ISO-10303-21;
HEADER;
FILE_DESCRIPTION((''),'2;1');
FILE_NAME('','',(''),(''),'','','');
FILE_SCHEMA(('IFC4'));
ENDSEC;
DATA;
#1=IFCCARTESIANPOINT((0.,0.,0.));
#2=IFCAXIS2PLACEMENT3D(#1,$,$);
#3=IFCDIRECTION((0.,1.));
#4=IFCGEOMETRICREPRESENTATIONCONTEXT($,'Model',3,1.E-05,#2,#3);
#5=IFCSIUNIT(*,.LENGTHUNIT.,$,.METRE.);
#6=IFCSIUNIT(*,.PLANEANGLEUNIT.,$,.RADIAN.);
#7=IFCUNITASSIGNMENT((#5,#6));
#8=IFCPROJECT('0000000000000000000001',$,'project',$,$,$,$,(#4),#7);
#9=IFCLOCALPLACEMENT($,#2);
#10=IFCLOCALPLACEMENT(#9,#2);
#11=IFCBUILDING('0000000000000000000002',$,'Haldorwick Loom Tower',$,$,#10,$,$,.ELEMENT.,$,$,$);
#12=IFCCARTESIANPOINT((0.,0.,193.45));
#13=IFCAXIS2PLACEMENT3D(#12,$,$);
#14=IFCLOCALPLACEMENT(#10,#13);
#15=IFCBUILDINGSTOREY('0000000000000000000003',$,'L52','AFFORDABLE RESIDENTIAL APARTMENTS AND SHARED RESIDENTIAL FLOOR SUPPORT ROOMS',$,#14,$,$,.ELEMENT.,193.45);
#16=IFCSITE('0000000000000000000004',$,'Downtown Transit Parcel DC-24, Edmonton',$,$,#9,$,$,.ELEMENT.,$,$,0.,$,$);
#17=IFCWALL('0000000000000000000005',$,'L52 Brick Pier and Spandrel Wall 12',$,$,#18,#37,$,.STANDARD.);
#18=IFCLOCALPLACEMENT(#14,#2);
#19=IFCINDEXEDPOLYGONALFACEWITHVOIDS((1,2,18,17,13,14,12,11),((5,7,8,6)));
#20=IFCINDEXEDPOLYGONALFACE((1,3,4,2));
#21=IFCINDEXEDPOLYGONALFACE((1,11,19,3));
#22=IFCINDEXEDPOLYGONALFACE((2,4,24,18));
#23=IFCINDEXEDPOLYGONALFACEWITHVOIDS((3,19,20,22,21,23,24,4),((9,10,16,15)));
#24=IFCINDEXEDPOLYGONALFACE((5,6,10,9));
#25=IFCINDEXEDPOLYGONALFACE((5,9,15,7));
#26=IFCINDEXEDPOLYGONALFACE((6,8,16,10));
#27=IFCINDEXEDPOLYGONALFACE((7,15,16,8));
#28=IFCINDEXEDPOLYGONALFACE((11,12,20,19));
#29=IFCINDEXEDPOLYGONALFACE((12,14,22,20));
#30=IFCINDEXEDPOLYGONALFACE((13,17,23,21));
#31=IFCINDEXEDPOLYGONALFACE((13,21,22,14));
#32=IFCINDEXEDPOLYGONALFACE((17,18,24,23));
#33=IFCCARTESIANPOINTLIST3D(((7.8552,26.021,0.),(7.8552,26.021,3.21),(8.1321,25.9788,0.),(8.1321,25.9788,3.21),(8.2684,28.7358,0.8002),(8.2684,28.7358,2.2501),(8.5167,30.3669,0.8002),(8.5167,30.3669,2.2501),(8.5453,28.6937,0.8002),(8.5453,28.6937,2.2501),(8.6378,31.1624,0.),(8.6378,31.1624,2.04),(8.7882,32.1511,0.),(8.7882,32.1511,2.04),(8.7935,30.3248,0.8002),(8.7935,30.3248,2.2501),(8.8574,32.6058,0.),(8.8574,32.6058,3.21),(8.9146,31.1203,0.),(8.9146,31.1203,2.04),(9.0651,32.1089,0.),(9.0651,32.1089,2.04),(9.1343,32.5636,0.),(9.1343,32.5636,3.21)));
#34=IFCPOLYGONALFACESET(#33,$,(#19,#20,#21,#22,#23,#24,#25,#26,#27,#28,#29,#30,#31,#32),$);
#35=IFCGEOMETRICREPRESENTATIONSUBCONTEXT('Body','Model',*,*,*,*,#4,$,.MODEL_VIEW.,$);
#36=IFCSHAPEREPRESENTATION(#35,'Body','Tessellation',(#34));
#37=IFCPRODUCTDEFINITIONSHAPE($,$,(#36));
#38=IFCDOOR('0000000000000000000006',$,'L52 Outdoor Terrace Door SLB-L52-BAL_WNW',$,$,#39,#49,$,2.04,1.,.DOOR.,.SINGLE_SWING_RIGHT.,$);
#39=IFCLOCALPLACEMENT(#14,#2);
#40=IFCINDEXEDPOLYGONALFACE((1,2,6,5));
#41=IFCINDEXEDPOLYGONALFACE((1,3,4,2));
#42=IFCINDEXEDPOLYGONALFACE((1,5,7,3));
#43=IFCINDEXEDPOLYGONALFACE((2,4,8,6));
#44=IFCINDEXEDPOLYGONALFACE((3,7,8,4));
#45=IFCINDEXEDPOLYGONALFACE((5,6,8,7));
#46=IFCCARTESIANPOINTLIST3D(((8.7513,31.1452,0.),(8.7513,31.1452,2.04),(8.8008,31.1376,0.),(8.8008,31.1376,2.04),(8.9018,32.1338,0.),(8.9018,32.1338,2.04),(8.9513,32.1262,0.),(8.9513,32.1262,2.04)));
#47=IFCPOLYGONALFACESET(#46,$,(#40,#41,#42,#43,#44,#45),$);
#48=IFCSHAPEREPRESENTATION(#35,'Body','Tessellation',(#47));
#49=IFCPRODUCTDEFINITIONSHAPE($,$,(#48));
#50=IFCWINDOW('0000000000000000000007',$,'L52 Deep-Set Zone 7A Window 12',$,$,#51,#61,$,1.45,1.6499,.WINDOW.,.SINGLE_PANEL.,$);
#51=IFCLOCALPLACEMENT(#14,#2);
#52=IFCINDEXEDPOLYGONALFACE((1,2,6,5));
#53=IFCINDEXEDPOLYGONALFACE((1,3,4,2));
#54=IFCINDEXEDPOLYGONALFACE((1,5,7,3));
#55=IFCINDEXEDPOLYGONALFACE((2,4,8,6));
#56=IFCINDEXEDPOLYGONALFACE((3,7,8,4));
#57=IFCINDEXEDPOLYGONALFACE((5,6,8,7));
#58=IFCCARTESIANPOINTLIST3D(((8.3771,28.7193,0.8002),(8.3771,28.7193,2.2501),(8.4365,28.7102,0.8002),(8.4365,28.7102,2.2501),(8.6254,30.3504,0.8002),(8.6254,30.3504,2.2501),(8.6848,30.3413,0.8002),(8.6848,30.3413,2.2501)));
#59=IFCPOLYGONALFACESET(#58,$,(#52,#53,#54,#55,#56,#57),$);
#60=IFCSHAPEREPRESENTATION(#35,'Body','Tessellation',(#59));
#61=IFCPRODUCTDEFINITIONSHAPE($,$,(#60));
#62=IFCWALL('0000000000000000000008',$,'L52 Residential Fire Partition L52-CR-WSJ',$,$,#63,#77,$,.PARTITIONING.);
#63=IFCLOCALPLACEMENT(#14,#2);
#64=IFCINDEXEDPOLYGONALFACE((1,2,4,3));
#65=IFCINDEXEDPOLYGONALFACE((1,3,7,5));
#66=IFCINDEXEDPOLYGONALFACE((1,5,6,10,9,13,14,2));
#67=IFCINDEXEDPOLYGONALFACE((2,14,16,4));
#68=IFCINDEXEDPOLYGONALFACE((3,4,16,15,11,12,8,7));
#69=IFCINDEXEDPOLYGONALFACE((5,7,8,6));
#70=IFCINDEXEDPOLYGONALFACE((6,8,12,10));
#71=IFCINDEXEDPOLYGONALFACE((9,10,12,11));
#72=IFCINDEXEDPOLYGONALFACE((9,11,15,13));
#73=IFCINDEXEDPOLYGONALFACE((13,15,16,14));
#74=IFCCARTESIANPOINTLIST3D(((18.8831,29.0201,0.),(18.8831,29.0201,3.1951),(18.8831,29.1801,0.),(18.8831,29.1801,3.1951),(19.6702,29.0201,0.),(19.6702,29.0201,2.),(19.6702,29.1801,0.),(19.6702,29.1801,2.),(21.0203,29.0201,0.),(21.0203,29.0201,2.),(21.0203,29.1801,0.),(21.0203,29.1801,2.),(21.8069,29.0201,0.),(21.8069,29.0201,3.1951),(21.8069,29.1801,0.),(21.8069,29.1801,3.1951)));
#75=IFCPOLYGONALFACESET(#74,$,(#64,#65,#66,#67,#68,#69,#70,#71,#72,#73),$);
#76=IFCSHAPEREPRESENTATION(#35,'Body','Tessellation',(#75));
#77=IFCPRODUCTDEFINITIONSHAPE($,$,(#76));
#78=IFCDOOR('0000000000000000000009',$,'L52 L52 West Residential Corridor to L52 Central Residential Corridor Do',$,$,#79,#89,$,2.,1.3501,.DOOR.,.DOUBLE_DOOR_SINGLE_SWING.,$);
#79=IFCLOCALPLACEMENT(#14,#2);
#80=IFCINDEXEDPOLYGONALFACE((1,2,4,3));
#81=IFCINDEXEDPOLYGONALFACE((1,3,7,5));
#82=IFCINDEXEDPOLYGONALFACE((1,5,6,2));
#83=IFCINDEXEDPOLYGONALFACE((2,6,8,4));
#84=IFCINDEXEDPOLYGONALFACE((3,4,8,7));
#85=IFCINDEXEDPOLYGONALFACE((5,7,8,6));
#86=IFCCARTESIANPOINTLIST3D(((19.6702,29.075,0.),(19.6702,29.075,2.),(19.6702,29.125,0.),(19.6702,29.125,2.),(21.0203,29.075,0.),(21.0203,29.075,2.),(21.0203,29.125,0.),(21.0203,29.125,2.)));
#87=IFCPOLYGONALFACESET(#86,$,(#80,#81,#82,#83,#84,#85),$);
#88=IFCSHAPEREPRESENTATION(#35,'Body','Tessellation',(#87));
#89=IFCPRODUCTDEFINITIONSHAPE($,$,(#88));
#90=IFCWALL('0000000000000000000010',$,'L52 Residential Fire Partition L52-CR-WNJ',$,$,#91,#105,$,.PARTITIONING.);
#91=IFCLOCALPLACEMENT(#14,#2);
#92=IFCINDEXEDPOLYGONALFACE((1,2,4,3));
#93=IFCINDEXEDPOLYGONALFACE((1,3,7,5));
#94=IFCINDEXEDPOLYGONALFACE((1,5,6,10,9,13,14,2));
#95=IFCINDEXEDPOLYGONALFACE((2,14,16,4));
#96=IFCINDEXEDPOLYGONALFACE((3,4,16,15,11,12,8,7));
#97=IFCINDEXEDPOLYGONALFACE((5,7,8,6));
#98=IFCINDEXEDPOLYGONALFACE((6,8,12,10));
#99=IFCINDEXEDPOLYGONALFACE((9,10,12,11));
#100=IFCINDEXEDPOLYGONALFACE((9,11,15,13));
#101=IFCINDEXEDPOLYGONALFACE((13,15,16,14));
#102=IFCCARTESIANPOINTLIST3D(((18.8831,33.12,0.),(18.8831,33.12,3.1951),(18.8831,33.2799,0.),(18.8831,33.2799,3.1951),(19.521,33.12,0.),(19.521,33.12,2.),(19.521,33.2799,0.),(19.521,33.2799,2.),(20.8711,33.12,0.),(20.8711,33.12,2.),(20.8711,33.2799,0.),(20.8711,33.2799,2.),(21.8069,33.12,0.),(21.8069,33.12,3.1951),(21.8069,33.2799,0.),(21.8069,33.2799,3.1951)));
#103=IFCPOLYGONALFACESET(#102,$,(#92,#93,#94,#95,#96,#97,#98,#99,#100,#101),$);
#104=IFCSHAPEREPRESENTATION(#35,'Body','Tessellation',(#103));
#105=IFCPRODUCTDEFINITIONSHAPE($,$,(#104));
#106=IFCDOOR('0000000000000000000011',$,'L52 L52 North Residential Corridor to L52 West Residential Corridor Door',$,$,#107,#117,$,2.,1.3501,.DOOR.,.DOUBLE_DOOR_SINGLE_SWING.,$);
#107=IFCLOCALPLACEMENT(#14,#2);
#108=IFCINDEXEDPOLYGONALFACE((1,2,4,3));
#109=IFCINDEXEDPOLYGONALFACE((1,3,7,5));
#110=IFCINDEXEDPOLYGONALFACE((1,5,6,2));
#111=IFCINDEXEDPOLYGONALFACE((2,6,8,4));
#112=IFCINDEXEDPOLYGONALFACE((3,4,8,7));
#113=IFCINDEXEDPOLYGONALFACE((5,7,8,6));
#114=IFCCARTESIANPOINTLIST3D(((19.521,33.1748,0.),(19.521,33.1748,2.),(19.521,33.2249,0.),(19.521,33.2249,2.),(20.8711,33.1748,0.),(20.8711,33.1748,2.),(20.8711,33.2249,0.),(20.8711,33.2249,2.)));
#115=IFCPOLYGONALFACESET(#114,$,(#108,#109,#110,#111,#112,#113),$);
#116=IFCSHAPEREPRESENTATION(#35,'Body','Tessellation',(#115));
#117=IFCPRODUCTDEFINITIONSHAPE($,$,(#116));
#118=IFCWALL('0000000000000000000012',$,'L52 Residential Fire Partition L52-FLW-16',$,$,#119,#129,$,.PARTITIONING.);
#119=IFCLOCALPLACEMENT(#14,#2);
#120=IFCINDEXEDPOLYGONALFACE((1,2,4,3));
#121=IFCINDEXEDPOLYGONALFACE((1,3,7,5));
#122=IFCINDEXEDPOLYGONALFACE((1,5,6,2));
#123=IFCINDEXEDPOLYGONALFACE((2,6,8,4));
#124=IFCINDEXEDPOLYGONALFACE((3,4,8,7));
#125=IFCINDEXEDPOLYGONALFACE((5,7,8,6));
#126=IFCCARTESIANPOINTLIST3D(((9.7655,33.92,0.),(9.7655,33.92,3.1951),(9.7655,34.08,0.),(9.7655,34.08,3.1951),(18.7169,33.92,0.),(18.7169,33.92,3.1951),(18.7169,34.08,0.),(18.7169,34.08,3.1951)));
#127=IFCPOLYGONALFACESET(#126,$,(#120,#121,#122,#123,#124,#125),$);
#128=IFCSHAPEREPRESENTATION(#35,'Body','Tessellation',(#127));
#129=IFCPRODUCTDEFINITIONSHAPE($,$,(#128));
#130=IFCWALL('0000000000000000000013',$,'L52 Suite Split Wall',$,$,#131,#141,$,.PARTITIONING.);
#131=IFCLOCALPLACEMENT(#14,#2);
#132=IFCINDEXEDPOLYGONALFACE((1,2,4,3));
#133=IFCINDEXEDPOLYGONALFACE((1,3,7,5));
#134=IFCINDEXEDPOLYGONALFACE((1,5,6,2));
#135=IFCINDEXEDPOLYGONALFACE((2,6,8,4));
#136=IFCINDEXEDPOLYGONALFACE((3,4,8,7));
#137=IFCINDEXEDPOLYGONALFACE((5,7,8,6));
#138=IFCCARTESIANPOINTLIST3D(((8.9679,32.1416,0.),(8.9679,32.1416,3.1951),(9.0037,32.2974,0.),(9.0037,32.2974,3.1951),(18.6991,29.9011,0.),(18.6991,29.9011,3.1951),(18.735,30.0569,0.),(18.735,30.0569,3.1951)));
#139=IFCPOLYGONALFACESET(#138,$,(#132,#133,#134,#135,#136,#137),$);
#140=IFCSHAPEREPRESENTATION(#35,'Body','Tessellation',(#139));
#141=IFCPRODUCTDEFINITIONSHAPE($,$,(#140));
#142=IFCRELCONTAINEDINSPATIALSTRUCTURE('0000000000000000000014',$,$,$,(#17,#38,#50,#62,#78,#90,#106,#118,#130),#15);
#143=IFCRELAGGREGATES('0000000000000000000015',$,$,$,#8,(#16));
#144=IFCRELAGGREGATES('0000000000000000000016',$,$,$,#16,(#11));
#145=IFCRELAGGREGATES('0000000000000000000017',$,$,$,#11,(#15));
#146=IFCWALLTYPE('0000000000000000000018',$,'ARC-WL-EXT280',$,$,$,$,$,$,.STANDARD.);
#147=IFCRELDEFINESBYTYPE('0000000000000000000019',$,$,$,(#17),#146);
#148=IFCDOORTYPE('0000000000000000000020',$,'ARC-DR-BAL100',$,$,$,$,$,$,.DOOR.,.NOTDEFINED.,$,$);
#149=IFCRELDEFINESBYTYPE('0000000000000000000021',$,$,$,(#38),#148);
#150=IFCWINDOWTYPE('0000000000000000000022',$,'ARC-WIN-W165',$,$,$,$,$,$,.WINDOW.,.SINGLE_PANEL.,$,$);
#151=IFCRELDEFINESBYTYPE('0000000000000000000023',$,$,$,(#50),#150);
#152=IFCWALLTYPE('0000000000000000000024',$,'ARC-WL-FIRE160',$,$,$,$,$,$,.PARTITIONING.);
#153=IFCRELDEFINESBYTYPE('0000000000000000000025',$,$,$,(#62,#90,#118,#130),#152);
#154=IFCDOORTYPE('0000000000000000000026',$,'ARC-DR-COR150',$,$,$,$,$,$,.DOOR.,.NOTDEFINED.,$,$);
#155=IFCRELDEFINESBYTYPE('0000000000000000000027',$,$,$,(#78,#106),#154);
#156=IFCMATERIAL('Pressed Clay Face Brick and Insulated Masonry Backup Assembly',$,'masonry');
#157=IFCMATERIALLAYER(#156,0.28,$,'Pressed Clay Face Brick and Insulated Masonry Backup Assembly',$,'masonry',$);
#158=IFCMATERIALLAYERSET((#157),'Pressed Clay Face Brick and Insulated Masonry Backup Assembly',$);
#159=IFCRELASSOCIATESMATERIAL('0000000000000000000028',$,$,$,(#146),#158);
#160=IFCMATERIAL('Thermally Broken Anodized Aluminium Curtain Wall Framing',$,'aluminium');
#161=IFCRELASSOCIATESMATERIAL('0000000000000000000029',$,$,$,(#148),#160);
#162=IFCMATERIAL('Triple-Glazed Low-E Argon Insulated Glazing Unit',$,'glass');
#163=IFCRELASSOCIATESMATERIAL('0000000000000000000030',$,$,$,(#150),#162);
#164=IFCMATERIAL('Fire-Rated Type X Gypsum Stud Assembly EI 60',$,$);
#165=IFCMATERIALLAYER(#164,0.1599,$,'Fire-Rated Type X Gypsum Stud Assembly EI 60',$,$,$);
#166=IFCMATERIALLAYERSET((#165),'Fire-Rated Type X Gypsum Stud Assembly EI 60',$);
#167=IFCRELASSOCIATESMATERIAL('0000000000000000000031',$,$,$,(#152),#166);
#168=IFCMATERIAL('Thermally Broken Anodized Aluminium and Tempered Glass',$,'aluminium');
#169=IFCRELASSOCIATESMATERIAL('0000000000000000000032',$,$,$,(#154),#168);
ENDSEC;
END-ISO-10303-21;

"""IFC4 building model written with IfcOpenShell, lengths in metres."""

from ifc_helpers import new_model, si_unit, direction, frame, frame_2d, origin, place, context, subcontext, project, spatial, rectangle, extrude, material, layer, layer_set, type_object, element, fill, save


model = new_model("IFC4")

# Units and contexts
model_context = context("Model", 3, precision=1e-05, world=origin(), true_north=direction((0.0, 1.0)))
body_context = subcontext(model_context, "Body", "Model", "MODEL_VIEW")
ifc_project = project(units=[si_unit("LENGTHUNIT", "METRE"), si_unit("PLANEANGLEUNIT", "RADIAN")], contexts=[model_context])

# Site, building, storey
site_placement = place(None, origin())
site = spatial("IfcSite", under=ifc_project, at=site_placement, Name="Downtown Transit Parcel DC-24, Edmonton", CompositionType="ELEMENT", RefElevation=0.0)
building_placement = place(site_placement, origin())
building = spatial("IfcBuilding", under=site, at=building_placement, Name="Haldorwick Loom Tower", CompositionType="ELEMENT")
storey_placement = place(building_placement, frame((0.0, 0.0, 193.45)))
storey = spatial("IfcBuildingStorey", under=building, at=storey_placement, Name="L52", Description="AFFORDABLE RESIDENTIAL APARTMENTS AND SHARED RESIDENTIAL FLOOR SUPPORT ROOMS", CompositionType="ELEMENT", Elevation=193.45)

# Wall, openings, door, window
ifc_material_1 = material(Name="Pressed Clay Face Brick and Insulated Masonry Backup Assembly", Category="masonry")
ifc_layer_1 = layer(ifc_material_1, 0.28, Name="Pressed Clay Face Brick and Insulated Masonry Backup Assembly", Category="masonry")
ifc_layer_set_1 = layer_set([ifc_layer_1], Name="Pressed Clay Face Brick and Insulated Masonry Backup Assembly")
wall_type_1 = type_object("IfcWallType", Name="ARC-WL-EXT280", PredefinedType="STANDARD", material=ifc_layer_set_1)
wall_1_placement = place(storey_placement, frame((8.9958, 32.5847, 0.0), z_axis=(0.0, 0.0, 1.0), x_axis=(-0.150468, -0.988615, 0.0)))
wall_1 = element("IfcWall", 1, at=wall_1_placement, inside=storey, type_object=wall_type_1, Name="L52 Brick Pier and Spandrel Wall 12", PredefinedType="STANDARD", context=body_context, shape_type="SweptSolid", body=[
    extrude(rectangle(XDim=6.6606, YDim=0.28, at=frame_2d((3.3303, 0.0))), origin(), (0.0, 0.0, 1.0), 3.21),
])
opening_1_placement = place(wall_1_placement, frame((0.46, 0.0, 0.0)))
opening_1 = element("IfcOpeningElement", 2, at=opening_1_placement, cuts=wall_1, PredefinedType="OPENING", context=body_context, shape_type="SweptSolid", body=[
    extrude(rectangle(XDim=1.0, YDim=2.04, at=frame_2d((0.5, 1.02))), frame((0.0, 0.1499, 0.0), z_axis=(0.0, -1.0, 0.0), x_axis=(1.0, 0.0, 0.0)), (0.0, 0.0, 1.0), 0.3),
])
opening_2_placement = place(wall_1_placement, frame((2.2646, 0.0, 0.8)))
opening_2 = element("IfcOpeningElement", 3, at=opening_2_placement, cuts=wall_1, PredefinedType="OPENING", context=body_context, shape_type="SweptSolid", body=[
    extrude(rectangle(XDim=1.6499, YDim=1.45, at=frame_2d((0.825, 0.7251))), frame((0.0, 0.1499, 0.0), z_axis=(0.0, -1.0, 0.0), x_axis=(1.0, 0.0, 0.0)), (0.0, 0.0, 1.0), 0.3),
])
ifc_material_2 = material(Name="Thermally Broken Anodized Aluminium Curtain Wall Framing", Category="aluminium")
door_type_1 = type_object("IfcDoorType", Name="ARC-DR-BAL100", OperationType="NOTDEFINED", PredefinedType="DOOR", material=ifc_material_2)
door_1_placement = place(opening_1_placement, origin())
door_1 = element("IfcDoor", 4, at=door_1_placement, inside=storey, type_object=door_type_1, Name="L52 Outdoor Terrace Door SLB-L52-BAL_WNW", OperationType="SINGLE_SWING_RIGHT", OverallHeight=2.04, OverallWidth=1.0, PredefinedType="DOOR", context=body_context, shape_type="SweptSolid", body=[
    extrude(rectangle(XDim=1.0, YDim=2.04, at=frame_2d((0.5, 1.02))), frame((0.0, 0.0249, 0.0), z_axis=(0.0, -1.0, 0.0), x_axis=(1.0, 0.0, 0.0)), (0.0, 0.0, 1.0), 0.05),
])
fill(opening_1, door_1)
ifc_material_3 = material(Name="Triple-Glazed Low-E Argon Insulated Glazing Unit", Category="glass")
window_type = type_object("IfcWindowType", Name="ARC-WIN-W165", PartitioningType="SINGLE_PANEL", PredefinedType="WINDOW", material=ifc_material_3)
window_placement = place(opening_2_placement, origin())
window = element("IfcWindow", 5, at=window_placement, inside=storey, type_object=window_type, Name="L52 Deep-Set Zone 7A Window 12", OverallHeight=1.45, OverallWidth=1.6499, PartitioningType="SINGLE_PANEL", PredefinedType="WINDOW", context=body_context, shape_type="SweptSolid", body=[
    extrude(rectangle(XDim=1.6499, YDim=1.45, at=frame_2d((0.825, 0.7251))), frame((0.0, 0.03, 0.0), z_axis=(0.0, -1.0, 0.0), x_axis=(1.0, 0.0, 0.0)), (0.0, 0.0, 1.0), 0.0601),
])
fill(opening_2, window)

# Walls, openings, doors
ifc_material_4 = material(Name="Fire-Rated Type X Gypsum Stud Assembly EI 60")
ifc_layer_2 = layer(ifc_material_4, 0.1599, Name="Fire-Rated Type X Gypsum Stud Assembly EI 60")
ifc_layer_set_2 = layer_set([ifc_layer_2], Name="Fire-Rated Type X Gypsum Stud Assembly EI 60")
wall_type_2 = type_object("IfcWallType", Name="ARC-WL-FIRE160", PredefinedType="PARTITIONING", material=ifc_layer_set_2)
wall_2_placement = place(storey_placement, frame((18.8831, 29.1001, 0.0), z_axis=(0.0, 0.0, 1.0), x_axis=(1.0, 0.0, 0.0)))
wall_2 = element("IfcWall", 6, at=wall_2_placement, inside=storey, type_object=wall_type_2, Name="L52 Residential Fire Partition L52-CR-WSJ", PredefinedType="PARTITIONING", context=body_context, shape_type="SweptSolid", body=[
    extrude(rectangle(XDim=2.9238, YDim=0.1599, at=frame_2d((1.4619, 0.0))), origin(), (0.0, 0.0, 1.0), 3.1951),
])
opening_3_placement = place(wall_2_placement, frame((0.7871, 0.0, 0.0)))
opening_3 = element("IfcOpeningElement", 7, at=opening_3_placement, cuts=wall_2, PredefinedType="OPENING", context=body_context, shape_type="SweptSolid", body=[
    extrude(rectangle(XDim=1.3501, YDim=2.0, at=frame_2d((0.675, 1.0))), frame((0.0, 0.0898, 0.0), z_axis=(0.0, -1.0, 0.0), x_axis=(1.0, 0.0, 0.0)), (0.0, 0.0, 1.0), 0.1799),
])
ifc_material_5 = material(Name="Thermally Broken Anodized Aluminium and Tempered Glass", Category="aluminium")
door_type_2 = type_object("IfcDoorType", Name="ARC-DR-COR150", OperationType="NOTDEFINED", PredefinedType="DOOR", material=ifc_material_5)
door_2_placement = place(opening_3_placement, origin())
door_2 = element("IfcDoor", 8, at=door_2_placement, inside=storey, type_object=door_type_2, Name="L52 L52 West Residential Corridor to L52 Central Residential Corridor Do", OperationType="DOUBLE_DOOR_SINGLE_SWING", OverallHeight=2.0, OverallWidth=1.3501, PredefinedType="DOOR", context=body_context, shape_type="SweptSolid", body=[
    extrude(rectangle(XDim=1.3501, YDim=2.0, at=frame_2d((0.675, 1.0))), frame((0.0, 0.0249, 0.0), z_axis=(0.0, -1.0, 0.0), x_axis=(1.0, 0.0, 0.0)), (0.0, 0.0, 1.0), 0.05),
])
fill(opening_3, door_2)
wall_3_placement = place(storey_placement, frame((18.8831, 33.2, 0.0), z_axis=(0.0, 0.0, 1.0), x_axis=(1.0, 0.0, 0.0)))
wall_3 = element("IfcWall", 9, at=wall_3_placement, inside=storey, type_object=wall_type_2, Name="L52 Residential Fire Partition L52-CR-WNJ", PredefinedType="PARTITIONING", context=body_context, shape_type="SweptSolid", body=[
    extrude(rectangle(XDim=2.9238, YDim=0.1599, at=frame_2d((1.4619, 0.0))), origin(), (0.0, 0.0, 1.0), 3.1951),
])
opening_4_placement = place(wall_3_placement, frame((0.6379, 0.0, 0.0)))
opening_4 = element("IfcOpeningElement", 10, at=opening_4_placement, cuts=wall_3, PredefinedType="OPENING", context=body_context, shape_type="SweptSolid", body=[
    extrude(rectangle(XDim=1.3501, YDim=2.0, at=frame_2d((0.675, 1.0))), frame((0.0, 0.0898, 0.0), z_axis=(0.0, -1.0, 0.0), x_axis=(1.0, 0.0, 0.0)), (0.0, 0.0, 1.0), 0.1799),
])
door_3_placement = place(opening_4_placement, origin())
door_3 = element("IfcDoor", 11, at=door_3_placement, inside=storey, type_object=door_type_2, Name="L52 L52 North Residential Corridor to L52 West Residential Corridor Door", OperationType="DOUBLE_DOOR_SINGLE_SWING", OverallHeight=2.0, OverallWidth=1.3501, PredefinedType="DOOR", context=body_context, shape_type="SweptSolid", body=[
    extrude(rectangle(XDim=1.3501, YDim=2.0, at=frame_2d((0.675, 1.0))), frame((0.0, 0.0249, 0.0), z_axis=(0.0, -1.0, 0.0), x_axis=(1.0, 0.0, 0.0)), (0.0, 0.0, 1.0), 0.05),
])
fill(opening_4, door_3)

# Walls
wall_4_placement = place(storey_placement, frame((9.7656, 34.0, 0.0), z_axis=(0.0, 0.0, 1.0), x_axis=(1.0, 0.0, 0.0)))
element("IfcWall", 12, at=wall_4_placement, inside=storey, type_object=wall_type_2, Name="L52 Residential Fire Partition L52-FLW-16", PredefinedType="PARTITIONING", context=body_context, shape_type="SweptSolid", body=[
    extrude(rectangle(XDim=8.9514, YDim=0.1599, at=frame_2d((4.4756, 0.0))), origin(), (0.0, 0.0, 1.0), 3.1951),
])
wall_5_placement = place(storey_placement, frame((18.717, 29.979, 0.0), z_axis=(0.0, 0.0, 1.0), x_axis=(-0.974505, 0.224367, 0.0)))
element("IfcWall", 13, at=wall_5_placement, inside=storey, type_object=wall_type_2, Name="L52 Suite Split Wall", PredefinedType="PARTITIONING", context=body_context, shape_type="SweptSolid", body=[
    extrude(rectangle(XDim=9.9858, YDim=0.1599, at=frame_2d((4.9929, 0.0))), origin(), (0.0, 0.0, 1.0), 3.1951),
])

save(model, "model.ifc")
